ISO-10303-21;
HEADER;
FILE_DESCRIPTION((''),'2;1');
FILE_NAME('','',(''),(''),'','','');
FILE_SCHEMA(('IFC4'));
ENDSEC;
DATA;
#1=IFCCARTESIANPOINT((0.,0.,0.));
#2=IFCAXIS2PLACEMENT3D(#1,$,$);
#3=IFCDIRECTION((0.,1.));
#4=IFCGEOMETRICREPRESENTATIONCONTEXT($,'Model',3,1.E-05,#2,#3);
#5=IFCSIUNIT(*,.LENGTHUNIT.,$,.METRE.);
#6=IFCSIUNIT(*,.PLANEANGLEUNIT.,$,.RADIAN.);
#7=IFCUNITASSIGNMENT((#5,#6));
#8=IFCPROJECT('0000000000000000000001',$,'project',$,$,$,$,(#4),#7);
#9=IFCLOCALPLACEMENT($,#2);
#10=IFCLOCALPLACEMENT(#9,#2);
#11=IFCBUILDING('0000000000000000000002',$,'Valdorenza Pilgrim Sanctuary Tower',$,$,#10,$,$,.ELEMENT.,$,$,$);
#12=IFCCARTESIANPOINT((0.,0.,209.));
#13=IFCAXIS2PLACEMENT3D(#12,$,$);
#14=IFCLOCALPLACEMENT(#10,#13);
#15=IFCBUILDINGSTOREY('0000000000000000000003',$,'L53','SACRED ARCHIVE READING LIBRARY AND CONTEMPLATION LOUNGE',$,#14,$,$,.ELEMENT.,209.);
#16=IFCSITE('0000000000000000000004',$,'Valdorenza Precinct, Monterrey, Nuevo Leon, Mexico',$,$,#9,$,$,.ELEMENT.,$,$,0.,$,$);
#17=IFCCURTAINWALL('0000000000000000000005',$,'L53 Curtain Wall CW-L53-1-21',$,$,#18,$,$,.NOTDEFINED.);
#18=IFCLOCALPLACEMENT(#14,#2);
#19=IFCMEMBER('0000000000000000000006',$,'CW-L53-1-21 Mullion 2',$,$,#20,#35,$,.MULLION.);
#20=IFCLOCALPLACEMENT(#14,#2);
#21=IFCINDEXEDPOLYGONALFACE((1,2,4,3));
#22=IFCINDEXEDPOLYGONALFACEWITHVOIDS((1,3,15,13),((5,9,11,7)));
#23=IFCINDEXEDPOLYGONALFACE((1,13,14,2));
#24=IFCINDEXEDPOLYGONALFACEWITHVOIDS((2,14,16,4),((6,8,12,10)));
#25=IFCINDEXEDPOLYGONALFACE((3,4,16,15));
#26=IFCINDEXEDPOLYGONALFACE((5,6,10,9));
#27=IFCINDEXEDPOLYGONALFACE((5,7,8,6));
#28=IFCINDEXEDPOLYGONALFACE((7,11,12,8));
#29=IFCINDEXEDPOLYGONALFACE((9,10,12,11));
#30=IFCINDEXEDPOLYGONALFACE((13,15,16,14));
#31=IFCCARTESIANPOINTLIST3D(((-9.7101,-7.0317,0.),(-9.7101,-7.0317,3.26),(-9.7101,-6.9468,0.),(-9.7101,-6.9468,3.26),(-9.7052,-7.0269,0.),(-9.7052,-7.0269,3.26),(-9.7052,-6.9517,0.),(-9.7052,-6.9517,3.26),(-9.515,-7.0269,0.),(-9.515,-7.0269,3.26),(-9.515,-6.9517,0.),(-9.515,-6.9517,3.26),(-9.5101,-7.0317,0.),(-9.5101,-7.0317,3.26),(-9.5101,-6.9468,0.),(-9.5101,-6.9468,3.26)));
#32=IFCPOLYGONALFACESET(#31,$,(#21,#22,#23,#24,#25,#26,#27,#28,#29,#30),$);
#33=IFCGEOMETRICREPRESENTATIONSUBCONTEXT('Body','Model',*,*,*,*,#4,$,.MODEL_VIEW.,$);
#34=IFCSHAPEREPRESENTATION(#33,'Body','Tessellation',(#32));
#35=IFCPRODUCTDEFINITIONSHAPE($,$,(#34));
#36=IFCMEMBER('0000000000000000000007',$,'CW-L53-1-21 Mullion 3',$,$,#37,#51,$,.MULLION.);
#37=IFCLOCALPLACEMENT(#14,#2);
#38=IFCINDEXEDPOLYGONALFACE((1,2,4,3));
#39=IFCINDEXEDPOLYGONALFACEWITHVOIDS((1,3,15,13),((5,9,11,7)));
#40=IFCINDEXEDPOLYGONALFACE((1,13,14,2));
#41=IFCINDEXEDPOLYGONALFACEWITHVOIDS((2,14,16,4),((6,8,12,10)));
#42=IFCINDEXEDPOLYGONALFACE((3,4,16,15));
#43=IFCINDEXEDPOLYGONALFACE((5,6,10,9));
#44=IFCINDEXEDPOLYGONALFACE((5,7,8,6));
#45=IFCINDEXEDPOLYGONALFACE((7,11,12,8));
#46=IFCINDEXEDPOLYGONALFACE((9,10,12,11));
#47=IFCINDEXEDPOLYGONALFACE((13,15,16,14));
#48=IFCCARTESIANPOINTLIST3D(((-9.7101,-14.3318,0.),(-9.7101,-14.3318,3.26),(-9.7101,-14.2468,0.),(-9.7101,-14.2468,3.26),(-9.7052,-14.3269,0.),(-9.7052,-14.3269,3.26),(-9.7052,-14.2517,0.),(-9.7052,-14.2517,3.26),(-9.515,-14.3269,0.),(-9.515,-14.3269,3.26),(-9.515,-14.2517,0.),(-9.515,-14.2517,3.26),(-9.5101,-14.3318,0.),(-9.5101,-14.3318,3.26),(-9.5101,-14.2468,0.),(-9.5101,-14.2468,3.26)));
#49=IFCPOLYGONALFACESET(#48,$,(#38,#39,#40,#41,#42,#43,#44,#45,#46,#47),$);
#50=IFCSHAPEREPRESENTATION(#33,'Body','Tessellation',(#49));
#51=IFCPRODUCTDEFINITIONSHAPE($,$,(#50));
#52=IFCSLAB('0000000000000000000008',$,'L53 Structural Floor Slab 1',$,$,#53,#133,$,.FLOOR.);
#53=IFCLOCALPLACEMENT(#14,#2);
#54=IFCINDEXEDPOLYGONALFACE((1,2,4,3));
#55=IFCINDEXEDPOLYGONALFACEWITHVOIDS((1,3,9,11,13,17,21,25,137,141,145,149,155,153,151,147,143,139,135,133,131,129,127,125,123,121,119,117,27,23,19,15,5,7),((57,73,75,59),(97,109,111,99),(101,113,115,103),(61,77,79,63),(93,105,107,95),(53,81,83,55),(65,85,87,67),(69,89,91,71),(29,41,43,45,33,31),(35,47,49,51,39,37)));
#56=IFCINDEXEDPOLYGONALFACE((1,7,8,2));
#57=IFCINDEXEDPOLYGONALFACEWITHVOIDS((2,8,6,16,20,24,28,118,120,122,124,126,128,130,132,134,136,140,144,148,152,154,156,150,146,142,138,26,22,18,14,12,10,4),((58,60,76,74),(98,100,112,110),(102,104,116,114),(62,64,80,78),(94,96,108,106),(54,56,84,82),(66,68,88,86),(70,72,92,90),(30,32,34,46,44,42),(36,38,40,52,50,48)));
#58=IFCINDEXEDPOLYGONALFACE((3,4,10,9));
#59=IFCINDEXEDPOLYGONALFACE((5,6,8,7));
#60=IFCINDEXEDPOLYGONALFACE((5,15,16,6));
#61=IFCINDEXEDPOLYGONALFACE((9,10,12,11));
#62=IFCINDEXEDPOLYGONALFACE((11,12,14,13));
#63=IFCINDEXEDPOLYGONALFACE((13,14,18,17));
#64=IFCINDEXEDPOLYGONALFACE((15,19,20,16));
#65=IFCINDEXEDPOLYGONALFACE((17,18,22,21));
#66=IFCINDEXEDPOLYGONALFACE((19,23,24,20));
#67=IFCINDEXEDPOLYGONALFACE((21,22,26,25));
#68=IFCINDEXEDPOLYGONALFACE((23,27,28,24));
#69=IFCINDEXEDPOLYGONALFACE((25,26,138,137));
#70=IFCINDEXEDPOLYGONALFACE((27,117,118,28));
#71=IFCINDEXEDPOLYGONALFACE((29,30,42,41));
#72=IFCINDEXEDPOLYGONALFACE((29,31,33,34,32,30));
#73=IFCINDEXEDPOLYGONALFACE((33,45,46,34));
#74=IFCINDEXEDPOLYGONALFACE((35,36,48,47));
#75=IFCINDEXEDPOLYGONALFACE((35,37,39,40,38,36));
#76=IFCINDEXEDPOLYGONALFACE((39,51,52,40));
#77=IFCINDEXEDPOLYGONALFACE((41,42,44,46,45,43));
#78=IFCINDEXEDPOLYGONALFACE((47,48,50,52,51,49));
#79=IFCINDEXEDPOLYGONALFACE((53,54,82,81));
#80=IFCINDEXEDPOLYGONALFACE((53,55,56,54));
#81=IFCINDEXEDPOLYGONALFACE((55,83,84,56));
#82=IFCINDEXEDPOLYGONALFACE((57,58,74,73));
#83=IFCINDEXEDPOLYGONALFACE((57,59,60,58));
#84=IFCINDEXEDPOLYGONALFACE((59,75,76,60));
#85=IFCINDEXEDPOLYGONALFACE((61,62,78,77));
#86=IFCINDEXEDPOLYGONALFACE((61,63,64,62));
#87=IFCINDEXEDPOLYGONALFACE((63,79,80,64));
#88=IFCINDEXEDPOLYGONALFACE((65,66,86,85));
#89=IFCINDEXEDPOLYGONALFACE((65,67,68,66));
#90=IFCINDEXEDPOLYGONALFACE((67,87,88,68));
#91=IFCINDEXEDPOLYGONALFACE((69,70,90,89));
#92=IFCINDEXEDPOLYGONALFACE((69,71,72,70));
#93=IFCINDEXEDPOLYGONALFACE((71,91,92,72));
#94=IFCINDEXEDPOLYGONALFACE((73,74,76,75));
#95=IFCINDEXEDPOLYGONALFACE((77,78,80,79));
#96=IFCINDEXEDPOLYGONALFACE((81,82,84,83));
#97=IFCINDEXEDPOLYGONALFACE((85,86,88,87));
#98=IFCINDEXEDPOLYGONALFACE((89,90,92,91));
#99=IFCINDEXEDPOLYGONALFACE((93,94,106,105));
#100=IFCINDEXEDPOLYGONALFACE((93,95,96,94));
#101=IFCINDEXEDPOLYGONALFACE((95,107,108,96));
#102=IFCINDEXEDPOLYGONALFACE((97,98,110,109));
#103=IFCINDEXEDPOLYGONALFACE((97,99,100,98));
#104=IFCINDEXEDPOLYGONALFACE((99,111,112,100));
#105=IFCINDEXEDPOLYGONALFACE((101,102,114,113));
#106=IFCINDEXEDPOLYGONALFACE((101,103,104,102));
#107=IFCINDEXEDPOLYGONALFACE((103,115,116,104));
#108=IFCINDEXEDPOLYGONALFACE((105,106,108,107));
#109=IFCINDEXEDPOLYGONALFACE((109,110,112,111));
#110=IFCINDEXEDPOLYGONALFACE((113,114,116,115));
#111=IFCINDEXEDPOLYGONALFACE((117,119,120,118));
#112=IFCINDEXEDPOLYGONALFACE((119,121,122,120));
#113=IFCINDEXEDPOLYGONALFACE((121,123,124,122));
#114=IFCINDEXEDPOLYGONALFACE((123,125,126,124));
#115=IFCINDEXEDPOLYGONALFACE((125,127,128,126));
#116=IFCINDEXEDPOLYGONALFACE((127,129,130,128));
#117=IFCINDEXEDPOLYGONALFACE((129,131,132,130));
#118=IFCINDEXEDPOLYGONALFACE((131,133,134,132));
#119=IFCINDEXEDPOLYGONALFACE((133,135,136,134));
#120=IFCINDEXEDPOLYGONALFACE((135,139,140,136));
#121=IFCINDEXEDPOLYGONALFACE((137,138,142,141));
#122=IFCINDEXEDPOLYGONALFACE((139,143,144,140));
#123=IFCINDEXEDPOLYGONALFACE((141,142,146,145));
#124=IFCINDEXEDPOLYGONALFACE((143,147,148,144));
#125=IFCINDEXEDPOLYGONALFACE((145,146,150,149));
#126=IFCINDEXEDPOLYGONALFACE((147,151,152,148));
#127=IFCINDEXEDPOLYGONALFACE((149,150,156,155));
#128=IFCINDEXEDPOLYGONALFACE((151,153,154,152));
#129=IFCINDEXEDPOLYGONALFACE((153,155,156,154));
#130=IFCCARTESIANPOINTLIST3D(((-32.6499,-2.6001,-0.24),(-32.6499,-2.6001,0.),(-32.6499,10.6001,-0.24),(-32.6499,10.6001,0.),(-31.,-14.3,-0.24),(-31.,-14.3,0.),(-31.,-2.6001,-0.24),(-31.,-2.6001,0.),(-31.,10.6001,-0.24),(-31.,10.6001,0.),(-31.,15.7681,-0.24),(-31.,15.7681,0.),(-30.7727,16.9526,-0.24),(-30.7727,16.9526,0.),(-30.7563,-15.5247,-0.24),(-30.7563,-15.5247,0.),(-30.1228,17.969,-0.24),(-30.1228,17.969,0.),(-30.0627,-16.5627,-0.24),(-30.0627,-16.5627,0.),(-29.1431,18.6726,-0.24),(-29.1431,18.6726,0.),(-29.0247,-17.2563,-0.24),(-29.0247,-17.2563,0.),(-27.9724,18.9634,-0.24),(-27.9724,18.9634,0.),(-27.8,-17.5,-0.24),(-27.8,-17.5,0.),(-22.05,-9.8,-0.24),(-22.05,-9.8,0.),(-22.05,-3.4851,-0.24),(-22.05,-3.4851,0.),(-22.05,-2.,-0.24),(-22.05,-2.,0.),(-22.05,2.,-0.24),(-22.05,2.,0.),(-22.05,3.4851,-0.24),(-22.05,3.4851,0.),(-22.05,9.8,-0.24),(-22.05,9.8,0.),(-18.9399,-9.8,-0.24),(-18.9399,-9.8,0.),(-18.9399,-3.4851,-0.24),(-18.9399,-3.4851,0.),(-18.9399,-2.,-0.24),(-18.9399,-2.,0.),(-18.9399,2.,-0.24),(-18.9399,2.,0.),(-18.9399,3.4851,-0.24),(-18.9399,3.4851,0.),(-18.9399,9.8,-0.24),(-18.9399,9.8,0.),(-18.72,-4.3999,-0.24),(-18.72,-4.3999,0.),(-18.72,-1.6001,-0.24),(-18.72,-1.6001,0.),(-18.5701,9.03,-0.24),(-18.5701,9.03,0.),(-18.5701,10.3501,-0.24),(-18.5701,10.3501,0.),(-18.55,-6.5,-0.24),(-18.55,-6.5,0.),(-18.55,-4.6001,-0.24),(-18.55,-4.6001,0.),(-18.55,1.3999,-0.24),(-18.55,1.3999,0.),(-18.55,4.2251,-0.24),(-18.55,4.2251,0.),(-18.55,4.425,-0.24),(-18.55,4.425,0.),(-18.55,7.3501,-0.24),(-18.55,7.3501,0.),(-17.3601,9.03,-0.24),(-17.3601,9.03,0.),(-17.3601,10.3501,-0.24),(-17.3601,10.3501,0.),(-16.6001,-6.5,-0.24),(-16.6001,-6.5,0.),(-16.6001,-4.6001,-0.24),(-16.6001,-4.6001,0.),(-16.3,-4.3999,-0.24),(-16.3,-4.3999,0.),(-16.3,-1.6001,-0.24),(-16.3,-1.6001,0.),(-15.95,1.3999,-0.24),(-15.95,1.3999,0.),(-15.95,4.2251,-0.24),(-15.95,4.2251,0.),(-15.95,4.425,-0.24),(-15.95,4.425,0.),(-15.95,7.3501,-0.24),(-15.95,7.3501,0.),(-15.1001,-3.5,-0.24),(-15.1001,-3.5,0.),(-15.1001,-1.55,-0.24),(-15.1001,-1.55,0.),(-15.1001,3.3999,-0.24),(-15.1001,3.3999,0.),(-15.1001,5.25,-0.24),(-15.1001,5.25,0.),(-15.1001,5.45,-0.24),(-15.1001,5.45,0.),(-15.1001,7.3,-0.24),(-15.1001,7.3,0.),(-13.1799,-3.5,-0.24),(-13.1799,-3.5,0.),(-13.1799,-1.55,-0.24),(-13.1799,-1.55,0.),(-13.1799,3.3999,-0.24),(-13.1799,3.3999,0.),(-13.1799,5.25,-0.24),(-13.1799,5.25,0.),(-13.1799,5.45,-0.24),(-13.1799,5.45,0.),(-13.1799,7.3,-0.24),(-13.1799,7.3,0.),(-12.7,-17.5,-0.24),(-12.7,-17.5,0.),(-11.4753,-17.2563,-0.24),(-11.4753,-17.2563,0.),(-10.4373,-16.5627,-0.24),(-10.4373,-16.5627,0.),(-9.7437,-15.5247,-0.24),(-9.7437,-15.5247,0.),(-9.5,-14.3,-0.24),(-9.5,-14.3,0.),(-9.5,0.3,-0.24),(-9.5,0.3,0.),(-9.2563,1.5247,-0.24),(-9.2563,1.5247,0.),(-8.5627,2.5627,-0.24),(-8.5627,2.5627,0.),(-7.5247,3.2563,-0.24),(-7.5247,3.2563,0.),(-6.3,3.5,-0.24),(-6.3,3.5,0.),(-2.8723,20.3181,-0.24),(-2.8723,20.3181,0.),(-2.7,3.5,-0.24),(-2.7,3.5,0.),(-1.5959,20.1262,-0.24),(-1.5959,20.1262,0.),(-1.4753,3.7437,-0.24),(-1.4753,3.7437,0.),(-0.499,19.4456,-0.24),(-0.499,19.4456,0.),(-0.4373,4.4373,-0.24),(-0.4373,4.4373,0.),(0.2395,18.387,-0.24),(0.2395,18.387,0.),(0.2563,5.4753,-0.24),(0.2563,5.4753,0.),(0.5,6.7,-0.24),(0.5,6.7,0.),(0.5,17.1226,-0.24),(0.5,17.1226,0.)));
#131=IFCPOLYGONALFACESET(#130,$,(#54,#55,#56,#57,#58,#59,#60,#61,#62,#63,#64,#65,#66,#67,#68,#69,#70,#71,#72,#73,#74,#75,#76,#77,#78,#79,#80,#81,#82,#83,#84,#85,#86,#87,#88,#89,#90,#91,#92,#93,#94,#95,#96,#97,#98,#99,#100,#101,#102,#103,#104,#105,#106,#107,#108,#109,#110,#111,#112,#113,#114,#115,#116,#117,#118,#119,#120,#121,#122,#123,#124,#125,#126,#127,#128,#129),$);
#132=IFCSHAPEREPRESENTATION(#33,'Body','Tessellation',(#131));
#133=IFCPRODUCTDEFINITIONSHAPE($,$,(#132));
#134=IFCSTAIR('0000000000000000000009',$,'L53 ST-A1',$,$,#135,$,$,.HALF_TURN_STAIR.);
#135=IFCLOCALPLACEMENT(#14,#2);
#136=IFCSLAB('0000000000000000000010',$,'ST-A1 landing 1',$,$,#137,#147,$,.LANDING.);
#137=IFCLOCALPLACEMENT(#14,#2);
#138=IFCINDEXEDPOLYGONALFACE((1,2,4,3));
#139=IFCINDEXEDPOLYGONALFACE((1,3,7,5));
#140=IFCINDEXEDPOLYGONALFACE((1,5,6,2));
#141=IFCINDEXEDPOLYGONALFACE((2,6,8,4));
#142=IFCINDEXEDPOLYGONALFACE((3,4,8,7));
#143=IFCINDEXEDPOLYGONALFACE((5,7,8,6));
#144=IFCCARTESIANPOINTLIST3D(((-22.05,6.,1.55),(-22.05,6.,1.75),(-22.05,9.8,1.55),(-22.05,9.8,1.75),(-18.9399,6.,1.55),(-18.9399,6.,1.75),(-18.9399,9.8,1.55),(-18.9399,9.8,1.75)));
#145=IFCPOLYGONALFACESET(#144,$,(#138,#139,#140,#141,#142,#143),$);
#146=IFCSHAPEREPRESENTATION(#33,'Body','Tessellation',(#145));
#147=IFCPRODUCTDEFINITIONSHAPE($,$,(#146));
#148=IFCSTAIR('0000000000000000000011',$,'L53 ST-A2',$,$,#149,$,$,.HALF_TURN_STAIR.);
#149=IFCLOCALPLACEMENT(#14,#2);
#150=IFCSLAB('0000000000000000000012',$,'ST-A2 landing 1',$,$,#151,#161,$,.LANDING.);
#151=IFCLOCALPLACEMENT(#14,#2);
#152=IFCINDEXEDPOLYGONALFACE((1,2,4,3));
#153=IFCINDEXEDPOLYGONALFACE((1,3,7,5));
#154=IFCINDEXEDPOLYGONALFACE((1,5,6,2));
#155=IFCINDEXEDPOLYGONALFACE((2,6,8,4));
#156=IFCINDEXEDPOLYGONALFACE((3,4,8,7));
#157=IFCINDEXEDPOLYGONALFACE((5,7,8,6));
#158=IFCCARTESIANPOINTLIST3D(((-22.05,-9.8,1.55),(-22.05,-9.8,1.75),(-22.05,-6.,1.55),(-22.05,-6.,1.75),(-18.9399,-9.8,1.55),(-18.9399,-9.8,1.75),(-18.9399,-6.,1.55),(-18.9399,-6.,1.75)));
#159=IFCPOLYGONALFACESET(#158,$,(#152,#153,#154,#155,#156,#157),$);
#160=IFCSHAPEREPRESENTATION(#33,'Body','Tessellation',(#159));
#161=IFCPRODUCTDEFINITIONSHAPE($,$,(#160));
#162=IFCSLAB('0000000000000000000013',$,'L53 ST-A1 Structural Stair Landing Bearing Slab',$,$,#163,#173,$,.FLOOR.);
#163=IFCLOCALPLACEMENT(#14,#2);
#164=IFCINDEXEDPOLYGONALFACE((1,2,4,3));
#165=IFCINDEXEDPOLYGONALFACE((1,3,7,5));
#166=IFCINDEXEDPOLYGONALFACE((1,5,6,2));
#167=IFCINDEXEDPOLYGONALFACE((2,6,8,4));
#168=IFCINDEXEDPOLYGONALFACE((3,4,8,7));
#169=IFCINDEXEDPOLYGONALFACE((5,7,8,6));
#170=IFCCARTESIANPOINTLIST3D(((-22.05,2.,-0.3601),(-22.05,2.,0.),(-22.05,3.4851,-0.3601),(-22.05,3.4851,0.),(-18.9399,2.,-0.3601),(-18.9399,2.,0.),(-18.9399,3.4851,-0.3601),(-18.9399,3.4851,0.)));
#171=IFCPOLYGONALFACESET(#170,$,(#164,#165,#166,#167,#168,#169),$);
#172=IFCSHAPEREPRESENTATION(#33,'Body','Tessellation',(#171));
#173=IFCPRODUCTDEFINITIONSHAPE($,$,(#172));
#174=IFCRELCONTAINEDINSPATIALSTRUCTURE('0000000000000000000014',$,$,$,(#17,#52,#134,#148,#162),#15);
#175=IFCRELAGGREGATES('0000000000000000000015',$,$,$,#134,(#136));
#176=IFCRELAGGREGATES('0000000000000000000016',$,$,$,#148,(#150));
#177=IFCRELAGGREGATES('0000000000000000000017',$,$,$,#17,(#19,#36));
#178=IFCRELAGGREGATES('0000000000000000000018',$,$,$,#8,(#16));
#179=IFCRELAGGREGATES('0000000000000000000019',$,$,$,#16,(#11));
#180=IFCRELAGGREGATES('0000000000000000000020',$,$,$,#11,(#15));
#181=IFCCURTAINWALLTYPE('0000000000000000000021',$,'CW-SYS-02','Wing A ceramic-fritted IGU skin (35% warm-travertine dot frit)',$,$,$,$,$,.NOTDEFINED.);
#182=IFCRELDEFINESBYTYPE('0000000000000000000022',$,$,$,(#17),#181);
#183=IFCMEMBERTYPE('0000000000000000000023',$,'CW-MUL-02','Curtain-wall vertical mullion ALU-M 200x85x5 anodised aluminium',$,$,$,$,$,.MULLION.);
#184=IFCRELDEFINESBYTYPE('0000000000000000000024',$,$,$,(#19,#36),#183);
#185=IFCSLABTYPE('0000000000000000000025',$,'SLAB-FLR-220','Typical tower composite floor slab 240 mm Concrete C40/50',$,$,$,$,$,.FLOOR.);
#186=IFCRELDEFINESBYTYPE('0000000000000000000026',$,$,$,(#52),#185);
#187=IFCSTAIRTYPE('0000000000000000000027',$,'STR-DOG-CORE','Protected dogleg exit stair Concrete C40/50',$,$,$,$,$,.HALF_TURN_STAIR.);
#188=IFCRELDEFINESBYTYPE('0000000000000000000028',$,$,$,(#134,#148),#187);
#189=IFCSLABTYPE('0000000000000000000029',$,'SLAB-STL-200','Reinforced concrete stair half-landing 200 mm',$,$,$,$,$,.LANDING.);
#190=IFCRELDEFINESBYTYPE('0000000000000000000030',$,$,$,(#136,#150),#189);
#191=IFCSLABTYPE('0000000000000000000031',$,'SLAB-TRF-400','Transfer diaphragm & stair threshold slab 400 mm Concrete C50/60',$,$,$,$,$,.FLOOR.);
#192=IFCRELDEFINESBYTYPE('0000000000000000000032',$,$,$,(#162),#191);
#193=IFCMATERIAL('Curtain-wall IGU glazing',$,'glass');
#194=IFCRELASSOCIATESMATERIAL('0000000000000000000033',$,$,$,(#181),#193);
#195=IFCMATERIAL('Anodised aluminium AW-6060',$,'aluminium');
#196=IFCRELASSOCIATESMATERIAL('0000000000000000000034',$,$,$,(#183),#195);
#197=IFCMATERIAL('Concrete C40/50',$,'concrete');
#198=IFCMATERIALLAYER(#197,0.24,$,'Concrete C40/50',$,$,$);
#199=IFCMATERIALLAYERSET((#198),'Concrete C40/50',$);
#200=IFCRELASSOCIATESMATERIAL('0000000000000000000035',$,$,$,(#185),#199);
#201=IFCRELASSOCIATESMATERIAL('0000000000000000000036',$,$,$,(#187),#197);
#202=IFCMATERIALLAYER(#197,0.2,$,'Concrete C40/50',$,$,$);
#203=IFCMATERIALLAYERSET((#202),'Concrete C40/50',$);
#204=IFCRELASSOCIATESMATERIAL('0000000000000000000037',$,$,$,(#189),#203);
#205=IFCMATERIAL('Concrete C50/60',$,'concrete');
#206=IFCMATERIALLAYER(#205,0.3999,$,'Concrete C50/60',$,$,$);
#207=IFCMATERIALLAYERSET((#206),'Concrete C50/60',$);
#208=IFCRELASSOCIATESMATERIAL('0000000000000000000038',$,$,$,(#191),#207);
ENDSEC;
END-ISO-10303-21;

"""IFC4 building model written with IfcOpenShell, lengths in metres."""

from ifc_helpers import new_model, si_unit, direction, frame, origin, origin_2d, place, context, subcontext, project, spatial, polyline, hollow_rectangle, outline, extrude, source, transform, mapped, material, layer, layer_set, material_profile, profile_set, type_object, element, aggregate, save


model = new_model("IFC4")

# Units and contexts
model_context = context("Model", 3, precision=1e-05, world=origin(), true_north=direction((0.0, 1.0)))
body_context = subcontext(model_context, "Body", "Model", "MODEL_VIEW")
ifc_project = project(units=[si_unit("LENGTHUNIT", "METRE"), si_unit("PLANEANGLEUNIT", "RADIAN")], contexts=[model_context])

# Site, building, storey
site_placement = place(None, origin())
site = spatial("IfcSite", under=ifc_project, at=site_placement, Name="Valdorenza Precinct, Monterrey, Nuevo Leon, Mexico", CompositionType="ELEMENT", RefElevation=0.0)
building_placement = place(site_placement, origin())
building = spatial("IfcBuilding", under=site, at=building_placement, Name="Valdorenza Pilgrim Sanctuary Tower", CompositionType="ELEMENT")
storey_placement = place(building_placement, frame((0.0, 0.0, 209.0)))
storey = spatial("IfcBuildingStorey", under=building, at=storey_placement, Name="L53", Description="SACRED ARCHIVE READING LIBRARY AND CONTEMPLATION LOUNGE", CompositionType="ELEMENT", Elevation=209.0)

# Curtain wall, members
ifc_material_1 = material(Name="Curtain-wall IGU glazing", Category="glass")
curtain_wall_type = type_object("IfcCurtainWallType", Name="CW-SYS-02", Description="Wing A ceramic-fritted IGU skin (35% warm-travertine dot frit)", PredefinedType="NOTDEFINED", material=ifc_material_1)
curtain_wall_placement = place(storey_placement, origin())
curtain_wall = element("IfcCurtainWall", 1, at=curtain_wall_placement, inside=storey, type_object=curtain_wall_type, Name="L53 Curtain Wall CW-L53-1-21", PredefinedType="NOTDEFINED")
ifc_material_2 = material(Name="Anodised aluminium AW-6060", Category="aluminium")
ifc_material_profile = material_profile(ifc_material_2, hollow_rectangle(XDim=0.085, YDim=0.2, WallThickness=0.0049, at=origin_2d()), Name="ALU-M 200x85x5")
ifc_profile_set = profile_set([ifc_material_profile], Name="Anodised aluminium AW-6060")
member_type = type_object("IfcMemberType", Name="CW-MUL-02", Description="Curtain-wall vertical mullion ALU-M 200x85x5 anodised aluminium", PredefinedType="MULLION", material=ifc_profile_set)
shared_shape_1 = source(origin(), body_context, "Body", "SweptSolid", [
    extrude(hollow_rectangle(XDim=0.085, YDim=0.2, WallThickness=0.0049, at=origin_2d()), origin(), (0.0, 0.0, 1.0), 3.26),
])
member_1_placement = place(storey_placement, frame((-9.6101, -6.9893, 0.0), z_axis=(0.0, 0.0, 1.0), x_axis=(0.0, -1.0, 0.0)))
member_1 = element("IfcMember", 2, at=member_1_placement, type_object=member_type, Name="CW-L53-1-21 Mullion 2", PredefinedType="MULLION", context=body_context, shape_type="MappedRepresentation", body=[
    mapped(shared_shape_1, transform((0.0, 0.0, 0.0), x_axis=(1.0, 0.0, 0.0), y_axis=(0.0, 1.0, 0.0), z_axis=(0.0, 0.0, 1.0), scale=1.0)),
])
member_2_placement = place(storey_placement, frame((-9.6101, -14.2893, 0.0), z_axis=(0.0, 0.0, 1.0), x_axis=(0.0, -1.0, 0.0)))
member_2 = element("IfcMember", 3, at=member_2_placement, type_object=member_type, Name="CW-L53-1-21 Mullion 3", PredefinedType="MULLION", context=body_context, shape_type="MappedRepresentation", body=[
    mapped(shared_shape_1, transform((0.0, 0.0, 0.0), x_axis=(1.0, 0.0, 0.0), y_axis=(0.0, 1.0, 0.0), z_axis=(0.0, 0.0, 1.0), scale=1.0)),
])

# Slab
ifc_material_3 = material(Name="Concrete C40/50", Category="concrete")
ifc_layer_1 = layer(ifc_material_3, 0.24, Name="Concrete C40/50")
ifc_layer_set_1 = layer_set([ifc_layer_1], Name="Concrete C40/50")
slab_type_1 = type_object("IfcSlabType", Name="SLAB-FLR-220", Description="Typical tower composite floor slab 240 mm Concrete C40/50", PredefinedType="FLOOR", material=ifc_layer_set_1)
slab_1_placement = place(storey_placement, frame((0.0, 0.0, -0.24)))
element("IfcSlab", 4, at=slab_1_placement, inside=storey, type_object=slab_type_1, Name="L53 Structural Floor Slab 1", PredefinedType="FLOOR", context=body_context, shape_type="SweptSolid", body=[
    extrude(outline(polyline([(-30.7727, 16.9526), (-30.1228, 17.969), (-29.1431, 18.6726), (-27.9724, 18.9634), (-2.8723, 20.3181), (-1.5959, 20.1262), (-0.499, 19.4456), (0.2395, 18.387), (0.5, 17.1226), (0.5, 6.7), (0.2563, 5.4753), (-0.4373, 4.4373), (-1.4753, 3.7437), (-2.7, 3.5), (-6.3, 3.5), (-7.5247, 3.2563), (-8.5627, 2.5627), (-9.2563, 1.5247), (-9.5, 0.3), (-9.5, -14.3), (-9.7437, -15.5247), (-10.4373, -16.5627), (-11.4753, -17.2563), (-12.7, -17.5), (-27.8, -17.5), (-29.0247, -17.2563), (-30.0627, -16.5627), (-30.7563, -15.5247), (-31.0, -14.3), (-31.0, -2.6001), (-32.6499, -2.6001), (-32.6499, 10.6001), (-31.0, 10.6001), (-31.0, 15.7681), (-30.7727, 16.9526)]), holes=[polyline([(-22.05, -9.8), (-18.9399, -9.8), (-18.9399, -3.4851), (-18.9399, -2.0), (-22.05, -2.0), (-22.05, -3.4851), (-22.05, -9.8)]), polyline([(-16.6001, -6.5), (-16.6001, -4.6001), (-18.55, -4.6001), (-18.55, -6.5), (-16.6001, -6.5)]), polyline([(-22.05, 2.0), (-18.9399, 2.0), (-18.9399, 3.4851), (-18.9399, 9.8), (-22.05, 9.8), (-22.05, 3.4851), (-22.05, 2.0)]), polyline([(-17.3601, 9.03), (-17.3601, 10.3501), (-18.5701, 10.3501), (-18.5701, 9.03), (-17.3601, 9.03)]), polyline([(-16.3, -1.6001), (-18.72, -1.6001), (-18.72, -4.3999), (-16.3, -4.3999), (-16.3, -1.6001)]), polyline([(-13.1799, -3.5), (-13.1799, -1.55), (-15.1001, -1.55), (-15.1001, -3.5), (-13.1799, -3.5)]), polyline([(-15.95, 1.3999), (-15.95, 4.2251), (-18.55, 4.2251), (-18.55, 1.3999), (-15.95, 1.3999)]), polyline([(-13.1799, 5.25), (-15.1001, 5.25), (-15.1001, 3.3999), (-13.1799, 3.3999), (-13.1799, 5.25)]), polyline([(-15.95, 4.425), (-15.95, 7.3501), (-18.55, 7.3501), (-18.55, 4.425), (-15.95, 4.425)]), polyline([(-13.1799, 5.45), (-13.1799, 7.3), (-15.1001, 7.3), (-15.1001, 5.45), (-13.1799, 5.45)])]), origin(), (0.0, 0.0, 1.0), 0.24),
])

# Stairs, slabs
stair_type = type_object("IfcStairType", Name="STR-DOG-CORE", Description="Protected dogleg exit stair Concrete C40/50", PredefinedType="HALF_TURN_STAIR", material=ifc_material_3)
stair_1_placement = place(storey_placement, origin())
stair_1 = element("IfcStair", 5, at=stair_1_placement, inside=storey, type_object=stair_type, Name="L53 ST-A1", PredefinedType="HALF_TURN_STAIR")
ifc_layer_2 = layer(ifc_material_3, 0.2, Name="Concrete C40/50")
ifc_layer_set_2 = layer_set([ifc_layer_2], Name="Concrete C40/50")
slab_type_2 = type_object("IfcSlabType", Name="SLAB-STL-200", Description="Reinforced concrete stair half-landing 200 mm", PredefinedType="LANDING", material=ifc_layer_set_2)
slab_2_placement = place(storey_placement, frame((0.0, 0.0, 1.55)))
slab_2 = element("IfcSlab", 6, at=slab_2_placement, type_object=slab_type_2, Name="ST-A1 landing 1", PredefinedType="LANDING", context=body_context, shape_type="SweptSolid", body=[
    extrude(outline(polyline([(-18.9399, 6.0), (-18.9399, 9.8), (-22.05, 9.8), (-22.05, 6.0), (-18.9399, 6.0)])), origin(), (0.0, 0.0, 1.0), 0.2),
])
aggregate(stair_1, [slab_2])
stair_2_placement = place(storey_placement, origin())
stair_2 = element("IfcStair", 7, at=stair_2_placement, inside=storey, type_object=stair_type, Name="L53 ST-A2", PredefinedType="HALF_TURN_STAIR")
slab_3_placement = place(storey_placement, frame((0.0, 0.0, 1.55)))
slab_3 = element("IfcSlab", 8, at=slab_3_placement, type_object=slab_type_2, Name="ST-A2 landing 1", PredefinedType="LANDING", context=body_context, shape_type="SweptSolid", body=[
    extrude(outline(polyline([(-22.05, -6.0), (-22.05, -9.8), (-18.9399, -9.8), (-18.9399, -6.0), (-22.05, -6.0)])), origin(), (0.0, 0.0, 1.0), 0.2),
])
aggregate(stair_2, [slab_3])

# Slab
ifc_material_4 = material(Name="Concrete C50/60", Category="concrete")
ifc_layer_3 = layer(ifc_material_4, 0.3999, Name="Concrete C50/60")
ifc_layer_set_3 = layer_set([ifc_layer_3], Name="Concrete C50/60")
slab_type_3 = type_object("IfcSlabType", Name="SLAB-TRF-400", Description="Transfer diaphragm & stair threshold slab 400 mm Concrete C50/60", PredefinedType="FLOOR", material=ifc_layer_set_3)
slab_4_placement = place(storey_placement, frame((0.0, 0.0, -0.3601)))
element("IfcSlab", 9, at=slab_4_placement, inside=storey, type_object=slab_type_3, Name="L53 ST-A1 Structural Stair Landing Bearing Slab", PredefinedType="FLOOR", context=body_context, shape_type="SweptSolid", body=[
    extrude(outline(polyline([(-22.05, 2.0), (-18.9399, 2.0), (-18.9399, 3.4851), (-22.05, 3.4851), (-22.05, 2.0)])), origin(), (0.0, 0.0, 1.0), 0.3601),
])

aggregate(curtain_wall, [member_1, member_2])

save(model, "model.ifc")
